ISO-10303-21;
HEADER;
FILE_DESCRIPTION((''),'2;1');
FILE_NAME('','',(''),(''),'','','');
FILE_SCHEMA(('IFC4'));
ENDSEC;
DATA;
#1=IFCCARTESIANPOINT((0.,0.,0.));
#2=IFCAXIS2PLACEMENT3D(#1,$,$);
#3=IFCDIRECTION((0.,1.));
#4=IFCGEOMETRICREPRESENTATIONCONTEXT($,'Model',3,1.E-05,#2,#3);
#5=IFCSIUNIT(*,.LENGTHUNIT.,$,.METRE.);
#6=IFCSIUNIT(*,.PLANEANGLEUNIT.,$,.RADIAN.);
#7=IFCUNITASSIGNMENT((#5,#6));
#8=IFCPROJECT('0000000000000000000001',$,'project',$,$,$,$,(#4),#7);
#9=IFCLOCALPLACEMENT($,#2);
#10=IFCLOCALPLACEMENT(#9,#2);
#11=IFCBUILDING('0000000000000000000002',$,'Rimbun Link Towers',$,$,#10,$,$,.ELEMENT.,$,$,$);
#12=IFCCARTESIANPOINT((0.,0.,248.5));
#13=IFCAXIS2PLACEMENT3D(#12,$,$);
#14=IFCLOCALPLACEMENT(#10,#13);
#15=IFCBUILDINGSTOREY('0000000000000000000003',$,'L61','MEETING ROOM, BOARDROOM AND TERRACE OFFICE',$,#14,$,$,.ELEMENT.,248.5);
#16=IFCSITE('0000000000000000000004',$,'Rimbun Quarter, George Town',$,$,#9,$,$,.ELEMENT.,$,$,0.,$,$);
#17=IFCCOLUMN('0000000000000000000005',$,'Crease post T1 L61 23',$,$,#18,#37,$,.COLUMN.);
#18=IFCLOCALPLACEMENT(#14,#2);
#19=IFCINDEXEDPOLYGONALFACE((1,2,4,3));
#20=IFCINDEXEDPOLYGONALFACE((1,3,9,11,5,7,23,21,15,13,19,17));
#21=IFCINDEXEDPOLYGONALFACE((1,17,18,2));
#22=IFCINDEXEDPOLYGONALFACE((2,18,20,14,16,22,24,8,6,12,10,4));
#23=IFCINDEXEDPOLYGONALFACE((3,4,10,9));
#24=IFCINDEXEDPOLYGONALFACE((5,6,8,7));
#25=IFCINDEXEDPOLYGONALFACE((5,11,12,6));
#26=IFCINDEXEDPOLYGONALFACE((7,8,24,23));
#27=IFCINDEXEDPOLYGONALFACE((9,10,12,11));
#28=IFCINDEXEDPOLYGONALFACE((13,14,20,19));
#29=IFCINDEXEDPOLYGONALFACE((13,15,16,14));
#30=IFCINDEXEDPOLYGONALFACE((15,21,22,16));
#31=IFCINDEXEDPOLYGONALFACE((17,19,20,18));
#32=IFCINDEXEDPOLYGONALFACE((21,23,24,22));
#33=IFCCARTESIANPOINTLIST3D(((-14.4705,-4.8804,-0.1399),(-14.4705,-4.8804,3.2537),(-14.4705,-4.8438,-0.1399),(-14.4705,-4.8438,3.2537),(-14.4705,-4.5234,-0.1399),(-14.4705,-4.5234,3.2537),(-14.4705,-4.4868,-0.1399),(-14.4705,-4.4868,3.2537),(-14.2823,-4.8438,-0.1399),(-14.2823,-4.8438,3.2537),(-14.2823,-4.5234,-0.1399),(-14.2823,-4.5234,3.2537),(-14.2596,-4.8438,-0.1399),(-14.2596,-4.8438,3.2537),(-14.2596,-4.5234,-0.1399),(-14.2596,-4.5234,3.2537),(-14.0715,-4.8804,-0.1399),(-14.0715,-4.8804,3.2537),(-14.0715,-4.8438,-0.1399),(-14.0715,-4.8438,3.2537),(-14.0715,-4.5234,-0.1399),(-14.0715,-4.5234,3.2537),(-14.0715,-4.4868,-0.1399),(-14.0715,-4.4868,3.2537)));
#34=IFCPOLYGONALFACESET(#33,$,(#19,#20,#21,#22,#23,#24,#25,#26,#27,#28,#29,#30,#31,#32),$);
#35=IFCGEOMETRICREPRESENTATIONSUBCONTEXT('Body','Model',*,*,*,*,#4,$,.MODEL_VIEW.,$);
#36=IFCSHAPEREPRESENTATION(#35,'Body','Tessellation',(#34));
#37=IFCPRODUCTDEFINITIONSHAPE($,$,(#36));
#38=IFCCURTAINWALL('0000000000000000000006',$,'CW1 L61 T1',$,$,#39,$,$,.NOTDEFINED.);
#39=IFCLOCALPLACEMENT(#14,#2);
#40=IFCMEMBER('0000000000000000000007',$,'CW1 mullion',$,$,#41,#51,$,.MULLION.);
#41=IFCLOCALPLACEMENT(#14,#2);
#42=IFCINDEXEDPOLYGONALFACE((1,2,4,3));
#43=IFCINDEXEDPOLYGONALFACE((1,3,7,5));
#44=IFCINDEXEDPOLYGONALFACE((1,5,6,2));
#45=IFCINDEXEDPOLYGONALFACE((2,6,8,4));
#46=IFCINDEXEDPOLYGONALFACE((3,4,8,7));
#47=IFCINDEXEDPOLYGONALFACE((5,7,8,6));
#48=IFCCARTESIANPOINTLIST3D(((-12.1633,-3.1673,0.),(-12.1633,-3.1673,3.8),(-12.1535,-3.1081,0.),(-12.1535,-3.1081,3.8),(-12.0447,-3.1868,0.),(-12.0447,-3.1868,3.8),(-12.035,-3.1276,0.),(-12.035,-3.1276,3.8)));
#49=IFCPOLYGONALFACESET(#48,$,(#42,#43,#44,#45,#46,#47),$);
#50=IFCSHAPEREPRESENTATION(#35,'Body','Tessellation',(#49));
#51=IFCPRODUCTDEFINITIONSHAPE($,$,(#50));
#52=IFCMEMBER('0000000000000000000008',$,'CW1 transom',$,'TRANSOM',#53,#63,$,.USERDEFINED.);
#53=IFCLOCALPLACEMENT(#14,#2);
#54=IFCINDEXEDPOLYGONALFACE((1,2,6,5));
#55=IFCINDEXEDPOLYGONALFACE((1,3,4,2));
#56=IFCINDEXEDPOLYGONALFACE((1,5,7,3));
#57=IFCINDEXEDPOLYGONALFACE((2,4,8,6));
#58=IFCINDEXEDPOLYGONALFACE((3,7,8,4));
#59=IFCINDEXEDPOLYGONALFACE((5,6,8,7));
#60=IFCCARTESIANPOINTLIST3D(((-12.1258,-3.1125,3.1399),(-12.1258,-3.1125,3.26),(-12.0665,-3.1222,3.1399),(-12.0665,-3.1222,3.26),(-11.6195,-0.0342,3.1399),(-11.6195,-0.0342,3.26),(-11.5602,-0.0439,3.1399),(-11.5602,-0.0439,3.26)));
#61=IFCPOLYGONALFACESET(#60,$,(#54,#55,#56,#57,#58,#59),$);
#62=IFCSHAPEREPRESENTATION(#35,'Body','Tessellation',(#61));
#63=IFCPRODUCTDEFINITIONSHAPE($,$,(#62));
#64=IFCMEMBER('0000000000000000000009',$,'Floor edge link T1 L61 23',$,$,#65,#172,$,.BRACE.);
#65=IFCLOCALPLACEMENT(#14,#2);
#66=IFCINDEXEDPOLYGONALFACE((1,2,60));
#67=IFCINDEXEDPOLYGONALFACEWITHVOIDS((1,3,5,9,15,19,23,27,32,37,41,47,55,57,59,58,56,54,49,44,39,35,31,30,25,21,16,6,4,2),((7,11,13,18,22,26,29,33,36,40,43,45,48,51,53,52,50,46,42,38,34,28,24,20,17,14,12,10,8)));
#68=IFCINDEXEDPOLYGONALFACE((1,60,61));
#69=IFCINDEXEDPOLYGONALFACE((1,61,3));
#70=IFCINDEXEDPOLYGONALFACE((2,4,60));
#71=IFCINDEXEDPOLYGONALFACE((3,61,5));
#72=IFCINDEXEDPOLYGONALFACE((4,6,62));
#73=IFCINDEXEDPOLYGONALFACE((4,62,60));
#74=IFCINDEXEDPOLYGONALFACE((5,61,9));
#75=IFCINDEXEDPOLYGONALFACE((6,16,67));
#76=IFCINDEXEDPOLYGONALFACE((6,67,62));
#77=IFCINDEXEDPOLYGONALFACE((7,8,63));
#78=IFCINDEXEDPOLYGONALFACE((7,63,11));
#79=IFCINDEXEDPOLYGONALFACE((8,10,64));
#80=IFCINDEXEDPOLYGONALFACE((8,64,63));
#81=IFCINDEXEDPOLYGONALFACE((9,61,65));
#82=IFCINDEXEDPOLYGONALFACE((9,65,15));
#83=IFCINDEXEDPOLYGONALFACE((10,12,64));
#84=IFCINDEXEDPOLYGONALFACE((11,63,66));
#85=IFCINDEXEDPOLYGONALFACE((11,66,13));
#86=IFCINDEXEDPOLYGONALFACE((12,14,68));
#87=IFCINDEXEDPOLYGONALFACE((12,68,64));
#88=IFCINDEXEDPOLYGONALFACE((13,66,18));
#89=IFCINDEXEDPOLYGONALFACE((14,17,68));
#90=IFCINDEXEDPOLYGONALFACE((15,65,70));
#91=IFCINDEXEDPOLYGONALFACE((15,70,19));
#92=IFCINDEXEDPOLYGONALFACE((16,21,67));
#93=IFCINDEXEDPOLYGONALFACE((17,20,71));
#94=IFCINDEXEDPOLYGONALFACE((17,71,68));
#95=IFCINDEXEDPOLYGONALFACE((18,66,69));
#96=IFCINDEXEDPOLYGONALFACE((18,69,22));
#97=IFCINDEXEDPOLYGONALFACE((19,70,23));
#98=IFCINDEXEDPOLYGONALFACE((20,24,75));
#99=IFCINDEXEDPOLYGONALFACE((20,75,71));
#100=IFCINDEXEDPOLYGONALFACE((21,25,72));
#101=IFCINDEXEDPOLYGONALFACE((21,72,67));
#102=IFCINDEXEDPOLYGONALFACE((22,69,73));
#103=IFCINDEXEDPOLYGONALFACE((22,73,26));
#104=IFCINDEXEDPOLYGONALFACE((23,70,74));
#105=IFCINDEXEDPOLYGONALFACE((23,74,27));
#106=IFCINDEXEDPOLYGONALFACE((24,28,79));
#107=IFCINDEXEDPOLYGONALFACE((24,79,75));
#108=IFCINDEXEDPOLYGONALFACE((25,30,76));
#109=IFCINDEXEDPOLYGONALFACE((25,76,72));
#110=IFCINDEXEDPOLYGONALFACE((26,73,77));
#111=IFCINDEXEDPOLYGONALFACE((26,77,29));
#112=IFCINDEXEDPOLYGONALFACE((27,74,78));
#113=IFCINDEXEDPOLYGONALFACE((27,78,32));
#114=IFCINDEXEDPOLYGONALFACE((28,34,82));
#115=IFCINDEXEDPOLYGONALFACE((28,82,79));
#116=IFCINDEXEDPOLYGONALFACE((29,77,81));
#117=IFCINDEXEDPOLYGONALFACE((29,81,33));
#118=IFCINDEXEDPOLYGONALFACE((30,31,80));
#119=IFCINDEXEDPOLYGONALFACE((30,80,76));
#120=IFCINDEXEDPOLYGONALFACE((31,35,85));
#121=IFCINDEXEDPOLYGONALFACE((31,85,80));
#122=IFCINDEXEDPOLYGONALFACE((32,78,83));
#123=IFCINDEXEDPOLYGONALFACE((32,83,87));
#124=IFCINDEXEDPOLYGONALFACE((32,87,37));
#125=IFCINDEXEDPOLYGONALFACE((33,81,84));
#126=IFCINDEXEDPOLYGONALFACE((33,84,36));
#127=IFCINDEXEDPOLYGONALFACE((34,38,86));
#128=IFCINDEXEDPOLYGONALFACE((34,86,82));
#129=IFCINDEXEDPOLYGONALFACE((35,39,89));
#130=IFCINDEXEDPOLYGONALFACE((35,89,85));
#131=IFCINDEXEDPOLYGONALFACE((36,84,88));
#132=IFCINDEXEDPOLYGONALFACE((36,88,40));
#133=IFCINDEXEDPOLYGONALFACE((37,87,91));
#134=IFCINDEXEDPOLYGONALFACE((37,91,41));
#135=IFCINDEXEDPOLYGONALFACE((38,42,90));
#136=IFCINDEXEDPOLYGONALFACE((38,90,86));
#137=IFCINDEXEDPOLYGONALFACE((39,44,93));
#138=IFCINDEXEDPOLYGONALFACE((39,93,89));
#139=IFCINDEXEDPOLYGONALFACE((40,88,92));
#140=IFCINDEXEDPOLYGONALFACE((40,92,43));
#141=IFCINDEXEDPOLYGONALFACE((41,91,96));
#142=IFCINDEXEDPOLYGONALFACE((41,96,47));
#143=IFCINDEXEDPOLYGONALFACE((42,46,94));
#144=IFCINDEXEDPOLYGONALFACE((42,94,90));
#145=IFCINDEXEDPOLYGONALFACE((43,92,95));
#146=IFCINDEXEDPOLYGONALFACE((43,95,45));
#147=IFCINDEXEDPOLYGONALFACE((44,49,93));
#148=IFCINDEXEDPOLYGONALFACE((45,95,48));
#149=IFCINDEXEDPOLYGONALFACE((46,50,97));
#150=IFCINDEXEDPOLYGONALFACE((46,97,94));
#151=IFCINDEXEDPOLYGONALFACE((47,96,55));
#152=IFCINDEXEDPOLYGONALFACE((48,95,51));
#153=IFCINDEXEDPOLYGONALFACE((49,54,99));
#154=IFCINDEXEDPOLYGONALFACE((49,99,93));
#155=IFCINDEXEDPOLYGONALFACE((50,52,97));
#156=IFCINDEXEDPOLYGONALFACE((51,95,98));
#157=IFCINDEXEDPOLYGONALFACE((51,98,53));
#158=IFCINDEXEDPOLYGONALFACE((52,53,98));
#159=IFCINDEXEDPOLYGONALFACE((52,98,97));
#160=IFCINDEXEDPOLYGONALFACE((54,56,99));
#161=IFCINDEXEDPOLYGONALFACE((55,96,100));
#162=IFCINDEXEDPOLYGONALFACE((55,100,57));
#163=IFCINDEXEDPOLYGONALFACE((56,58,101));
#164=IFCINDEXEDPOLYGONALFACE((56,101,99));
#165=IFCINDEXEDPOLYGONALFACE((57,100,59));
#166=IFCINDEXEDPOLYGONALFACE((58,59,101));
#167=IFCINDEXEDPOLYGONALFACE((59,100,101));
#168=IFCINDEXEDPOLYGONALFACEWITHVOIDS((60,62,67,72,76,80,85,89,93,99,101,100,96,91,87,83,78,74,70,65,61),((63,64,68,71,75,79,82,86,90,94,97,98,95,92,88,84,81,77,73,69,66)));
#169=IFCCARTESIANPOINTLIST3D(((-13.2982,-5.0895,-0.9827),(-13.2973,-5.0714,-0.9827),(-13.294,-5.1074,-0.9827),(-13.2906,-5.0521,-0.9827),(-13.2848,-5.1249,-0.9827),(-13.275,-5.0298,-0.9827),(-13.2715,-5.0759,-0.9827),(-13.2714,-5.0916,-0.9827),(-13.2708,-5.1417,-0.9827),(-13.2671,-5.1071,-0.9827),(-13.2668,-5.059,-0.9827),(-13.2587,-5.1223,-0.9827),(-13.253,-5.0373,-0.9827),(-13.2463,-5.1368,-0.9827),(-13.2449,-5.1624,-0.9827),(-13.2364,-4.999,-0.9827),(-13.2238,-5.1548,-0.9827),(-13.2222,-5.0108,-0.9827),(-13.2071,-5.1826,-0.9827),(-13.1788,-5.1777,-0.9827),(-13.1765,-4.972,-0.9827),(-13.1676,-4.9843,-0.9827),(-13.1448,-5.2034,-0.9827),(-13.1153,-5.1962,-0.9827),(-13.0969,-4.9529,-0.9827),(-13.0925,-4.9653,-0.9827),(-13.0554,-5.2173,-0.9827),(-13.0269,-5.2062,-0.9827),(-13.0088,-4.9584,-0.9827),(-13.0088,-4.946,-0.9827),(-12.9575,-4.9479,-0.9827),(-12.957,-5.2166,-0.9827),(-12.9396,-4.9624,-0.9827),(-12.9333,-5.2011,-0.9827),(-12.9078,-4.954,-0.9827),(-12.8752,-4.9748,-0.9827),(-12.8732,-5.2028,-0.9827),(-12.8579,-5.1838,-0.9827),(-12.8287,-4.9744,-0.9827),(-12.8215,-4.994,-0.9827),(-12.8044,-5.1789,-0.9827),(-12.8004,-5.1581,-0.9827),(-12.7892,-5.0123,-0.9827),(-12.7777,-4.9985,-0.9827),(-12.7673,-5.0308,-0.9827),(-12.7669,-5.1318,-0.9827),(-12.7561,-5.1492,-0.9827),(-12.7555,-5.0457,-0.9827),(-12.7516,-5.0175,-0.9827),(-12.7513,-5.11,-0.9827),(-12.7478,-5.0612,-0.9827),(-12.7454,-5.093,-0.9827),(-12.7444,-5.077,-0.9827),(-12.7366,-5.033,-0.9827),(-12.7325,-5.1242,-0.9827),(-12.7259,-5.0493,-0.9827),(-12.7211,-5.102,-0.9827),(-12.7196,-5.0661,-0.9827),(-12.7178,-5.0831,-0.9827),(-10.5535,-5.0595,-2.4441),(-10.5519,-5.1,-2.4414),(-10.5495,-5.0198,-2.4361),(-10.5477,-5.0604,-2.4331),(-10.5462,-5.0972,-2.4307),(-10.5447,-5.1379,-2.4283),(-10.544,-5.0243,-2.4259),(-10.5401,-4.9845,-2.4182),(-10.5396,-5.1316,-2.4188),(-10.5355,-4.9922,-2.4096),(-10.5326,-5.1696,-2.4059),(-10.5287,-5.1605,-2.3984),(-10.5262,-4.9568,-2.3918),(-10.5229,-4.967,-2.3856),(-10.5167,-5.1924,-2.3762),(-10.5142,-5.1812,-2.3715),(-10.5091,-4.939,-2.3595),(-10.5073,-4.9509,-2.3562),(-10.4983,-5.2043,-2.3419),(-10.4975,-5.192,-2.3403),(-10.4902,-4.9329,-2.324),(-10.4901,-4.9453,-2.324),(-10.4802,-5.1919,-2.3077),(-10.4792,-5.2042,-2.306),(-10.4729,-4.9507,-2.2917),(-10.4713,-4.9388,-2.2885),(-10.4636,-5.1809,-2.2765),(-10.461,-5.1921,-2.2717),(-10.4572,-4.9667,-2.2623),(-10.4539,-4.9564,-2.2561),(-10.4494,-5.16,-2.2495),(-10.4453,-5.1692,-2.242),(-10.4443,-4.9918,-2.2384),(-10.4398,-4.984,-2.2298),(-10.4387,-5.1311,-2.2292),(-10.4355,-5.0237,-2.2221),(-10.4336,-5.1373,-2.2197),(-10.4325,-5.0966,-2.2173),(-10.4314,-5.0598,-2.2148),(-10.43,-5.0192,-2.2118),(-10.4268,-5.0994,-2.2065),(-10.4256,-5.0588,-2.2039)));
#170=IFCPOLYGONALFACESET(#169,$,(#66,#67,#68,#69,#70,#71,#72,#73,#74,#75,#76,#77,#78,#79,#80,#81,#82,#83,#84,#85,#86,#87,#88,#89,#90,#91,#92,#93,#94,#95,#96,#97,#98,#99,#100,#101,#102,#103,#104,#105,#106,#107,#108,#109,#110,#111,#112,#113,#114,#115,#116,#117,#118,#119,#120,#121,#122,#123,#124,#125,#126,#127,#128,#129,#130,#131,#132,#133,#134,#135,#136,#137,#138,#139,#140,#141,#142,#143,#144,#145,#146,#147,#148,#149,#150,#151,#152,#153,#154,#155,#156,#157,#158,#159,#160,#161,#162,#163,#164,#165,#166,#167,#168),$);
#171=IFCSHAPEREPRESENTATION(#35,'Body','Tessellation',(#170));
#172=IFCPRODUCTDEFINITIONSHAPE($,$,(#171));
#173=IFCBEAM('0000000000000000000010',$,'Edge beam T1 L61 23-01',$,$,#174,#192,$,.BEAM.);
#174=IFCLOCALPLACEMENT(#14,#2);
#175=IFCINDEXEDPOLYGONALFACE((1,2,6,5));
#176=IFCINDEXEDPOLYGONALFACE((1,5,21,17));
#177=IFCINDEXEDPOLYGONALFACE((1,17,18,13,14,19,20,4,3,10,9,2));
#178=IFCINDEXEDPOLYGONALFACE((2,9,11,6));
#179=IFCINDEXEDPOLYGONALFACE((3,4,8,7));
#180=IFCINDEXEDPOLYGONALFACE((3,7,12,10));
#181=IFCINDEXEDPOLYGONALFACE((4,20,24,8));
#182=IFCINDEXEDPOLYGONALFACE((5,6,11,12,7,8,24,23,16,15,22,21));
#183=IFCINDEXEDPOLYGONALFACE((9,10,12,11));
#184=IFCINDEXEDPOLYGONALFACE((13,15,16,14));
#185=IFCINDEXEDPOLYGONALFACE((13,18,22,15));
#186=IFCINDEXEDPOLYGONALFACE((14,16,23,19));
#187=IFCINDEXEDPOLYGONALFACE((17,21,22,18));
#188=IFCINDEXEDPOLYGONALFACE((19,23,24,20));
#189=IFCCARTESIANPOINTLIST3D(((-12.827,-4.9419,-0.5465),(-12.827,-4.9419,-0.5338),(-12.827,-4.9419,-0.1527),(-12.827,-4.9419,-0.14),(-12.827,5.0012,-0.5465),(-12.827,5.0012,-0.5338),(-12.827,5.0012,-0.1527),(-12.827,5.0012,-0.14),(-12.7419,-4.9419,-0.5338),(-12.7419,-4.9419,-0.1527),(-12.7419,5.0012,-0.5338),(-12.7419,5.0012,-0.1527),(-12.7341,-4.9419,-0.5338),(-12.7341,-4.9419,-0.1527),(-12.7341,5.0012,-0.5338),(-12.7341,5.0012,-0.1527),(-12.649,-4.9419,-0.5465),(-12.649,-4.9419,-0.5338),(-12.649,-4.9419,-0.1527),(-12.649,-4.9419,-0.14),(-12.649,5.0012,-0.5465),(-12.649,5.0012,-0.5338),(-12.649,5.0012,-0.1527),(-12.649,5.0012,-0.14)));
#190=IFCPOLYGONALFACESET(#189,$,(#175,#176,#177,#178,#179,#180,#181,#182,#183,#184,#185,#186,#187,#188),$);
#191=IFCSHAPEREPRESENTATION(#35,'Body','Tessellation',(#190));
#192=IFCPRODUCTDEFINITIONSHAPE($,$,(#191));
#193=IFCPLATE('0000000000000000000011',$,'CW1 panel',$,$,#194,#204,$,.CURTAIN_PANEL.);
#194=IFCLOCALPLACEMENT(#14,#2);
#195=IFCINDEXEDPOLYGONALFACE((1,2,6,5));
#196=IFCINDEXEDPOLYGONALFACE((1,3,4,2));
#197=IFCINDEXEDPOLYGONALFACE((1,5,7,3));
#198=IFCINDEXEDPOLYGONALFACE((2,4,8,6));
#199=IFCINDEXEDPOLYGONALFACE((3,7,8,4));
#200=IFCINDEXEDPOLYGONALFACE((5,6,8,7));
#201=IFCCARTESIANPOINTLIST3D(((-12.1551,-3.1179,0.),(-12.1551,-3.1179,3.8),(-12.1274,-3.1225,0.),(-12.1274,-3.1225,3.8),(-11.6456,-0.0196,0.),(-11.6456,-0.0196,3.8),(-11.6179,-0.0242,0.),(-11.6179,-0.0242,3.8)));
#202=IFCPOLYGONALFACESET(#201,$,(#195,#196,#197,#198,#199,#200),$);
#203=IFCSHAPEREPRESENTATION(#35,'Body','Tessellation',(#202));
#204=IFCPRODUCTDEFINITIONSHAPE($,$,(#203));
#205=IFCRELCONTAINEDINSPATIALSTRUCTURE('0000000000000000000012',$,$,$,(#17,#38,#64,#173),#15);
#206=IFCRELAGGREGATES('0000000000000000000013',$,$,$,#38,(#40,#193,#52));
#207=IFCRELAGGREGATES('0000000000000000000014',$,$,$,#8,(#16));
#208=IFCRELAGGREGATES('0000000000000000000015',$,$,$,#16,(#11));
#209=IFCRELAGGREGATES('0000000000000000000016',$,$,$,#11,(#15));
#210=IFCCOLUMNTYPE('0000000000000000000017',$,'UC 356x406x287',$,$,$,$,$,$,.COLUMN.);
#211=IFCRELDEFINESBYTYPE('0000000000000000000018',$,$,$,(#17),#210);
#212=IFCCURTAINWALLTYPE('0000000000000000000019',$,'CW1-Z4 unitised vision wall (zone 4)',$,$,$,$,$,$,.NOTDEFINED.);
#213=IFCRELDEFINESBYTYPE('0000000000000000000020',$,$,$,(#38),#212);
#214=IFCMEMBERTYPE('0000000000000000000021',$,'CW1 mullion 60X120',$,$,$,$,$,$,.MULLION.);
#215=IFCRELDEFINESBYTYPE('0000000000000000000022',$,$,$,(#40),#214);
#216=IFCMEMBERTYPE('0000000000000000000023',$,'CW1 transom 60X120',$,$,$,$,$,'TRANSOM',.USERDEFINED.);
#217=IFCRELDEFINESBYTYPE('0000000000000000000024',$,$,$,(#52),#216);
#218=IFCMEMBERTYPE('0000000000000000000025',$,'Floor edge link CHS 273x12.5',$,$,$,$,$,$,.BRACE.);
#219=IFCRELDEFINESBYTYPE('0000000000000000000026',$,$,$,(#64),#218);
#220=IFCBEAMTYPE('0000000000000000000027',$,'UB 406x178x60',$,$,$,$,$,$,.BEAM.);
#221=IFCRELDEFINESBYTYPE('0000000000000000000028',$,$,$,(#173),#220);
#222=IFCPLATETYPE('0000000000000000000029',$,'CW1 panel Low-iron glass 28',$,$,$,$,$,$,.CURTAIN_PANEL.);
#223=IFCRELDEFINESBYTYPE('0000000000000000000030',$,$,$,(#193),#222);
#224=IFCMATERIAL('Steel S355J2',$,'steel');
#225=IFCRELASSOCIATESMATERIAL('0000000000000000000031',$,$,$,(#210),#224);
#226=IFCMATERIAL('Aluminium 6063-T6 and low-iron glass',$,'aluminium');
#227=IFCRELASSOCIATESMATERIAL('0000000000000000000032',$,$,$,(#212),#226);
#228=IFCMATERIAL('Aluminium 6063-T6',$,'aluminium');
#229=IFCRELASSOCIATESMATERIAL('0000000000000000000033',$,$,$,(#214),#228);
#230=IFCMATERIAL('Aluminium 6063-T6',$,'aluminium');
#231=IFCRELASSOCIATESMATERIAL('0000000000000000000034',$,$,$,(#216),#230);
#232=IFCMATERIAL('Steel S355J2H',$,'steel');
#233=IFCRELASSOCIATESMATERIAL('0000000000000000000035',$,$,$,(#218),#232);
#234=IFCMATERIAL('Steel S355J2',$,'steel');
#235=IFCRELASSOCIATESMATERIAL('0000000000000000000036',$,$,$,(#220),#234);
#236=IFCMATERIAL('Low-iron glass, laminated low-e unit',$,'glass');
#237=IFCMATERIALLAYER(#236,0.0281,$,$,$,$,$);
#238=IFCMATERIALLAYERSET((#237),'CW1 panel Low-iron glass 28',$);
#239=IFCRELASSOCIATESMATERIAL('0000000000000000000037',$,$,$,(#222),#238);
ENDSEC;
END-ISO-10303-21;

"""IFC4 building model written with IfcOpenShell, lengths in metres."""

from ifc_helpers import new_model, si_unit, direction, frame, origin, origin_2d, place, context, subcontext, project, spatial, rectangle, hollow_circle, i_section, extrude, clip, halfspace, material, layer, layer_set, material_profile, profile_set, type_object, element, aggregate, save


model = new_model("IFC4")

# Units and contexts
model_context = context("Model", 3, precision=1e-05, world=origin(), true_north=direction((0.0, 1.0)))
body_context = subcontext(model_context, "Body", "Model", "MODEL_VIEW")
ifc_project = project(units=[si_unit("LENGTHUNIT", "METRE"), si_unit("PLANEANGLEUNIT", "RADIAN")], contexts=[model_context])

# Site, building, storey
site_placement = place(None, origin())
site = spatial("IfcSite", under=ifc_project, at=site_placement, Name="Rimbun Quarter, George Town", CompositionType="ELEMENT", RefElevation=0.0)
building_placement = place(site_placement, origin())
building = spatial("IfcBuilding", under=site, at=building_placement, Name="Rimbun Link Towers", CompositionType="ELEMENT")
storey_placement = place(building_placement, frame((0.0, 0.0, 248.5)))
storey = spatial("IfcBuildingStorey", under=building, at=storey_placement, Name="L61", Description="MEETING ROOM, BOARDROOM AND TERRACE OFFICE", CompositionType="ELEMENT", Elevation=248.5)

# Column
ifc_material_1 = material(Name="Steel S355J2", Category="steel")
ifc_material_profile_1 = material_profile(ifc_material_1, i_section(OverallWidth=0.3989, OverallDepth=0.3936, WebThickness=0.0227, FlangeThickness=0.0366, at=origin_2d()), Name="UC 356x406x287")
ifc_profile_set_1 = profile_set([ifc_material_profile_1], Name="Steel S355J2")
column_type = type_object("IfcColumnType", Name="UC 356x406x287", PredefinedType="COLUMN", material=ifc_profile_set_1)
column_placement = place(storey_placement, frame((-14.271, -4.6836, -0.1399), z_axis=(0.0, 0.0, 1.0), x_axis=(1.0, 0.0, 0.0)))
element("IfcColumn", 1, at=column_placement, inside=storey, type_object=column_type, Name="Crease post T1 L61 23", PredefinedType="COLUMN", context=body_context, shape_type="SweptSolid", body=[
    extrude(i_section(OverallWidth=0.3989, OverallDepth=0.3936, WebThickness=0.0227, FlangeThickness=0.0366, at=origin_2d()), origin(), (0.0, 0.0, 1.0), 3.3936),
])

# Curtain wall, members
ifc_material_2 = material(Name="Aluminium 6063-T6 and low-iron glass", Category="aluminium")
curtain_wall_type = type_object("IfcCurtainWallType", Name="CW1-Z4 unitised vision wall (zone 4)", PredefinedType="NOTDEFINED", material=ifc_material_2)
curtain_wall_placement = place(storey_placement, origin())
curtain_wall = element("IfcCurtainWall", 2, at=curtain_wall_placement, inside=storey, type_object=curtain_wall_type, Name="CW1 L61 T1", PredefinedType="NOTDEFINED")
ifc_material_3 = material(Name="Aluminium 6063-T6", Category="aluminium")
ifc_material_profile_2 = material_profile(ifc_material_3, rectangle(XDim=0.1201, YDim=0.0601, at=origin_2d()), Name="MULLION 60X120")
ifc_profile_set_2 = profile_set([ifc_material_profile_2], Name="Aluminium 6063-T6")
member_type_1 = type_object("IfcMemberType", Name="CW1 mullion 60X120", PredefinedType="MULLION", material=ifc_profile_set_2)
member_1_placement = place(storey_placement, frame((-12.0991, -3.1475, 0.0), z_axis=(0.0, 0.0, 1.0), x_axis=(0.986748, -0.162262, 0.0)))
member_1 = element("IfcMember", 3, at=member_1_placement, type_object=member_type_1, Name="CW1 mullion", PredefinedType="MULLION", context=body_context, shape_type="SweptSolid", body=[
    extrude(rectangle(XDim=0.1201, YDim=0.0601, at=origin_2d()), origin(), (0.0, 0.0, 1.0), 3.8),
])
ifc_material_4 = material(Name="Aluminium 6063-T6", Category="aluminium")
ifc_material_profile_3 = material_profile(ifc_material_4, rectangle(XDim=0.0601, YDim=0.1201, at=origin_2d()), Name="TRANSOM 60X120")
ifc_profile_set_3 = profile_set([ifc_material_profile_3], Name="Aluminium 6063-T6")
member_type_2 = type_object("IfcMemberType", Name="CW1 transom 60X120", ElementType="TRANSOM", PredefinedType="USERDEFINED", material=ifc_profile_set_3)
member_2_placement = place(storey_placement, frame((-11.5898, -0.0391, 3.2), z_axis=(-0.162305, -0.986741, 0.0), x_axis=(0.986741, -0.162305, 0.0)))
member_2 = element("IfcMember", 4, at=member_2_placement, type_object=member_type_2, Name="CW1 transom", ObjectType="TRANSOM", PredefinedType="USERDEFINED", context=body_context, shape_type="SweptSolid", body=[
    extrude(rectangle(XDim=0.0601, YDim=0.1201, at=origin_2d()), origin(), (0.0, 0.0, 1.0), 3.1196),
])

# Member
ifc_material_5 = material(Name="Steel S355J2H", Category="steel")
ifc_material_profile_4 = material_profile(ifc_material_5, hollow_circle(Radius=0.1365, WallThickness=0.0125, at=origin_2d()), Name="CHS 273x12.5")
ifc_profile_set_4 = profile_set([ifc_material_profile_4], Name="Steel S355J2H")
member_type_3 = type_object("IfcMemberType", Name="Floor edge link CHS 273x12.5", PredefinedType="BRACE", material=ifc_profile_set_4)
member_3_placement = place(storey_placement, frame((-12.7864, -5.0813, -1.1008), z_axis=(0.88264, 0.004597, -0.470028), x_axis=(-0.005208, 0.999986, 0.0)))
element("IfcMember", 5, at=member_3_placement, inside=storey, type_object=member_type_3, Name="Floor edge link T1 L61 23", PredefinedType="BRACE", context=body_context, shape_type="Clipping", body=[
    clip(extrude(hollow_circle(Radius=0.1365, WallThickness=0.0125, at=origin_2d()), frame((0.0, 0.0, -0.5339)), (0.0, 0.0, 1.0), 3.1362), halfspace(frame((0.0, 0.0, -0.2512), z_axis=(0.0, 0.882651, -0.470028)), False)),
])

# Beam
ifc_material_6 = material(Name="Steel S355J2", Category="steel")
ifc_material_profile_5 = material_profile(ifc_material_6, i_section(OverallWidth=0.178, OverallDepth=0.4065, WebThickness=0.0078, FlangeThickness=0.0127, at=origin_2d()), Name="UB 406x178x60")
ifc_profile_set_5 = profile_set([ifc_material_profile_5], Name="Steel S355J2")
beam_type = type_object("IfcBeamType", Name="UB 406x178x60", PredefinedType="BEAM", material=ifc_profile_set_5)
beam_placement = place(storey_placement, frame((-12.738, -4.9419, -0.3433), z_axis=(0.0, 1.0, 0.0), x_axis=(-1.0, 0.0, 0.0)))
element("IfcBeam", 6, at=beam_placement, inside=storey, type_object=beam_type, Name="Edge beam T1 L61 23-01", PredefinedType="BEAM", context=body_context, shape_type="SweptSolid", body=[
    extrude(i_section(OverallWidth=0.178, OverallDepth=0.4065, WebThickness=0.0078, FlangeThickness=0.0127, at=origin_2d()), origin(), (0.0, 0.0, 1.0), 9.9431),
])

# Plate
ifc_material_7 = material(Name="Low-iron glass, laminated low-e unit", Category="glass")
ifc_layer_1 = layer(ifc_material_7, 0.0281)
ifc_layer_set_1 = layer_set([ifc_layer_1], Name="CW1 panel Low-iron glass 28")
plate_type = type_object("IfcPlateType", Name="CW1 panel Low-iron glass 28", PredefinedType="CURTAIN_PANEL", material=ifc_layer_set_1)
plate_placement = place(storey_placement, frame((-11.8865, -1.571, 0.0), z_axis=(0.0, 0.0, 1.0), x_axis=(-0.162262, -0.986748, 0.0)))
plate = element("IfcPlate", 7, at=plate_placement, type_object=plate_type, Name="CW1 panel", PredefinedType="CURTAIN_PANEL", context=body_context, shape_type="SweptSolid", body=[
    extrude(rectangle(XDim=3.1399, YDim=0.0281, at=origin_2d()), origin(), (0.0, 0.0, 1.0), 3.8),
])
aggregate(curtain_wall, [member_1, plate, member_2])

save(model, "model.ifc")
